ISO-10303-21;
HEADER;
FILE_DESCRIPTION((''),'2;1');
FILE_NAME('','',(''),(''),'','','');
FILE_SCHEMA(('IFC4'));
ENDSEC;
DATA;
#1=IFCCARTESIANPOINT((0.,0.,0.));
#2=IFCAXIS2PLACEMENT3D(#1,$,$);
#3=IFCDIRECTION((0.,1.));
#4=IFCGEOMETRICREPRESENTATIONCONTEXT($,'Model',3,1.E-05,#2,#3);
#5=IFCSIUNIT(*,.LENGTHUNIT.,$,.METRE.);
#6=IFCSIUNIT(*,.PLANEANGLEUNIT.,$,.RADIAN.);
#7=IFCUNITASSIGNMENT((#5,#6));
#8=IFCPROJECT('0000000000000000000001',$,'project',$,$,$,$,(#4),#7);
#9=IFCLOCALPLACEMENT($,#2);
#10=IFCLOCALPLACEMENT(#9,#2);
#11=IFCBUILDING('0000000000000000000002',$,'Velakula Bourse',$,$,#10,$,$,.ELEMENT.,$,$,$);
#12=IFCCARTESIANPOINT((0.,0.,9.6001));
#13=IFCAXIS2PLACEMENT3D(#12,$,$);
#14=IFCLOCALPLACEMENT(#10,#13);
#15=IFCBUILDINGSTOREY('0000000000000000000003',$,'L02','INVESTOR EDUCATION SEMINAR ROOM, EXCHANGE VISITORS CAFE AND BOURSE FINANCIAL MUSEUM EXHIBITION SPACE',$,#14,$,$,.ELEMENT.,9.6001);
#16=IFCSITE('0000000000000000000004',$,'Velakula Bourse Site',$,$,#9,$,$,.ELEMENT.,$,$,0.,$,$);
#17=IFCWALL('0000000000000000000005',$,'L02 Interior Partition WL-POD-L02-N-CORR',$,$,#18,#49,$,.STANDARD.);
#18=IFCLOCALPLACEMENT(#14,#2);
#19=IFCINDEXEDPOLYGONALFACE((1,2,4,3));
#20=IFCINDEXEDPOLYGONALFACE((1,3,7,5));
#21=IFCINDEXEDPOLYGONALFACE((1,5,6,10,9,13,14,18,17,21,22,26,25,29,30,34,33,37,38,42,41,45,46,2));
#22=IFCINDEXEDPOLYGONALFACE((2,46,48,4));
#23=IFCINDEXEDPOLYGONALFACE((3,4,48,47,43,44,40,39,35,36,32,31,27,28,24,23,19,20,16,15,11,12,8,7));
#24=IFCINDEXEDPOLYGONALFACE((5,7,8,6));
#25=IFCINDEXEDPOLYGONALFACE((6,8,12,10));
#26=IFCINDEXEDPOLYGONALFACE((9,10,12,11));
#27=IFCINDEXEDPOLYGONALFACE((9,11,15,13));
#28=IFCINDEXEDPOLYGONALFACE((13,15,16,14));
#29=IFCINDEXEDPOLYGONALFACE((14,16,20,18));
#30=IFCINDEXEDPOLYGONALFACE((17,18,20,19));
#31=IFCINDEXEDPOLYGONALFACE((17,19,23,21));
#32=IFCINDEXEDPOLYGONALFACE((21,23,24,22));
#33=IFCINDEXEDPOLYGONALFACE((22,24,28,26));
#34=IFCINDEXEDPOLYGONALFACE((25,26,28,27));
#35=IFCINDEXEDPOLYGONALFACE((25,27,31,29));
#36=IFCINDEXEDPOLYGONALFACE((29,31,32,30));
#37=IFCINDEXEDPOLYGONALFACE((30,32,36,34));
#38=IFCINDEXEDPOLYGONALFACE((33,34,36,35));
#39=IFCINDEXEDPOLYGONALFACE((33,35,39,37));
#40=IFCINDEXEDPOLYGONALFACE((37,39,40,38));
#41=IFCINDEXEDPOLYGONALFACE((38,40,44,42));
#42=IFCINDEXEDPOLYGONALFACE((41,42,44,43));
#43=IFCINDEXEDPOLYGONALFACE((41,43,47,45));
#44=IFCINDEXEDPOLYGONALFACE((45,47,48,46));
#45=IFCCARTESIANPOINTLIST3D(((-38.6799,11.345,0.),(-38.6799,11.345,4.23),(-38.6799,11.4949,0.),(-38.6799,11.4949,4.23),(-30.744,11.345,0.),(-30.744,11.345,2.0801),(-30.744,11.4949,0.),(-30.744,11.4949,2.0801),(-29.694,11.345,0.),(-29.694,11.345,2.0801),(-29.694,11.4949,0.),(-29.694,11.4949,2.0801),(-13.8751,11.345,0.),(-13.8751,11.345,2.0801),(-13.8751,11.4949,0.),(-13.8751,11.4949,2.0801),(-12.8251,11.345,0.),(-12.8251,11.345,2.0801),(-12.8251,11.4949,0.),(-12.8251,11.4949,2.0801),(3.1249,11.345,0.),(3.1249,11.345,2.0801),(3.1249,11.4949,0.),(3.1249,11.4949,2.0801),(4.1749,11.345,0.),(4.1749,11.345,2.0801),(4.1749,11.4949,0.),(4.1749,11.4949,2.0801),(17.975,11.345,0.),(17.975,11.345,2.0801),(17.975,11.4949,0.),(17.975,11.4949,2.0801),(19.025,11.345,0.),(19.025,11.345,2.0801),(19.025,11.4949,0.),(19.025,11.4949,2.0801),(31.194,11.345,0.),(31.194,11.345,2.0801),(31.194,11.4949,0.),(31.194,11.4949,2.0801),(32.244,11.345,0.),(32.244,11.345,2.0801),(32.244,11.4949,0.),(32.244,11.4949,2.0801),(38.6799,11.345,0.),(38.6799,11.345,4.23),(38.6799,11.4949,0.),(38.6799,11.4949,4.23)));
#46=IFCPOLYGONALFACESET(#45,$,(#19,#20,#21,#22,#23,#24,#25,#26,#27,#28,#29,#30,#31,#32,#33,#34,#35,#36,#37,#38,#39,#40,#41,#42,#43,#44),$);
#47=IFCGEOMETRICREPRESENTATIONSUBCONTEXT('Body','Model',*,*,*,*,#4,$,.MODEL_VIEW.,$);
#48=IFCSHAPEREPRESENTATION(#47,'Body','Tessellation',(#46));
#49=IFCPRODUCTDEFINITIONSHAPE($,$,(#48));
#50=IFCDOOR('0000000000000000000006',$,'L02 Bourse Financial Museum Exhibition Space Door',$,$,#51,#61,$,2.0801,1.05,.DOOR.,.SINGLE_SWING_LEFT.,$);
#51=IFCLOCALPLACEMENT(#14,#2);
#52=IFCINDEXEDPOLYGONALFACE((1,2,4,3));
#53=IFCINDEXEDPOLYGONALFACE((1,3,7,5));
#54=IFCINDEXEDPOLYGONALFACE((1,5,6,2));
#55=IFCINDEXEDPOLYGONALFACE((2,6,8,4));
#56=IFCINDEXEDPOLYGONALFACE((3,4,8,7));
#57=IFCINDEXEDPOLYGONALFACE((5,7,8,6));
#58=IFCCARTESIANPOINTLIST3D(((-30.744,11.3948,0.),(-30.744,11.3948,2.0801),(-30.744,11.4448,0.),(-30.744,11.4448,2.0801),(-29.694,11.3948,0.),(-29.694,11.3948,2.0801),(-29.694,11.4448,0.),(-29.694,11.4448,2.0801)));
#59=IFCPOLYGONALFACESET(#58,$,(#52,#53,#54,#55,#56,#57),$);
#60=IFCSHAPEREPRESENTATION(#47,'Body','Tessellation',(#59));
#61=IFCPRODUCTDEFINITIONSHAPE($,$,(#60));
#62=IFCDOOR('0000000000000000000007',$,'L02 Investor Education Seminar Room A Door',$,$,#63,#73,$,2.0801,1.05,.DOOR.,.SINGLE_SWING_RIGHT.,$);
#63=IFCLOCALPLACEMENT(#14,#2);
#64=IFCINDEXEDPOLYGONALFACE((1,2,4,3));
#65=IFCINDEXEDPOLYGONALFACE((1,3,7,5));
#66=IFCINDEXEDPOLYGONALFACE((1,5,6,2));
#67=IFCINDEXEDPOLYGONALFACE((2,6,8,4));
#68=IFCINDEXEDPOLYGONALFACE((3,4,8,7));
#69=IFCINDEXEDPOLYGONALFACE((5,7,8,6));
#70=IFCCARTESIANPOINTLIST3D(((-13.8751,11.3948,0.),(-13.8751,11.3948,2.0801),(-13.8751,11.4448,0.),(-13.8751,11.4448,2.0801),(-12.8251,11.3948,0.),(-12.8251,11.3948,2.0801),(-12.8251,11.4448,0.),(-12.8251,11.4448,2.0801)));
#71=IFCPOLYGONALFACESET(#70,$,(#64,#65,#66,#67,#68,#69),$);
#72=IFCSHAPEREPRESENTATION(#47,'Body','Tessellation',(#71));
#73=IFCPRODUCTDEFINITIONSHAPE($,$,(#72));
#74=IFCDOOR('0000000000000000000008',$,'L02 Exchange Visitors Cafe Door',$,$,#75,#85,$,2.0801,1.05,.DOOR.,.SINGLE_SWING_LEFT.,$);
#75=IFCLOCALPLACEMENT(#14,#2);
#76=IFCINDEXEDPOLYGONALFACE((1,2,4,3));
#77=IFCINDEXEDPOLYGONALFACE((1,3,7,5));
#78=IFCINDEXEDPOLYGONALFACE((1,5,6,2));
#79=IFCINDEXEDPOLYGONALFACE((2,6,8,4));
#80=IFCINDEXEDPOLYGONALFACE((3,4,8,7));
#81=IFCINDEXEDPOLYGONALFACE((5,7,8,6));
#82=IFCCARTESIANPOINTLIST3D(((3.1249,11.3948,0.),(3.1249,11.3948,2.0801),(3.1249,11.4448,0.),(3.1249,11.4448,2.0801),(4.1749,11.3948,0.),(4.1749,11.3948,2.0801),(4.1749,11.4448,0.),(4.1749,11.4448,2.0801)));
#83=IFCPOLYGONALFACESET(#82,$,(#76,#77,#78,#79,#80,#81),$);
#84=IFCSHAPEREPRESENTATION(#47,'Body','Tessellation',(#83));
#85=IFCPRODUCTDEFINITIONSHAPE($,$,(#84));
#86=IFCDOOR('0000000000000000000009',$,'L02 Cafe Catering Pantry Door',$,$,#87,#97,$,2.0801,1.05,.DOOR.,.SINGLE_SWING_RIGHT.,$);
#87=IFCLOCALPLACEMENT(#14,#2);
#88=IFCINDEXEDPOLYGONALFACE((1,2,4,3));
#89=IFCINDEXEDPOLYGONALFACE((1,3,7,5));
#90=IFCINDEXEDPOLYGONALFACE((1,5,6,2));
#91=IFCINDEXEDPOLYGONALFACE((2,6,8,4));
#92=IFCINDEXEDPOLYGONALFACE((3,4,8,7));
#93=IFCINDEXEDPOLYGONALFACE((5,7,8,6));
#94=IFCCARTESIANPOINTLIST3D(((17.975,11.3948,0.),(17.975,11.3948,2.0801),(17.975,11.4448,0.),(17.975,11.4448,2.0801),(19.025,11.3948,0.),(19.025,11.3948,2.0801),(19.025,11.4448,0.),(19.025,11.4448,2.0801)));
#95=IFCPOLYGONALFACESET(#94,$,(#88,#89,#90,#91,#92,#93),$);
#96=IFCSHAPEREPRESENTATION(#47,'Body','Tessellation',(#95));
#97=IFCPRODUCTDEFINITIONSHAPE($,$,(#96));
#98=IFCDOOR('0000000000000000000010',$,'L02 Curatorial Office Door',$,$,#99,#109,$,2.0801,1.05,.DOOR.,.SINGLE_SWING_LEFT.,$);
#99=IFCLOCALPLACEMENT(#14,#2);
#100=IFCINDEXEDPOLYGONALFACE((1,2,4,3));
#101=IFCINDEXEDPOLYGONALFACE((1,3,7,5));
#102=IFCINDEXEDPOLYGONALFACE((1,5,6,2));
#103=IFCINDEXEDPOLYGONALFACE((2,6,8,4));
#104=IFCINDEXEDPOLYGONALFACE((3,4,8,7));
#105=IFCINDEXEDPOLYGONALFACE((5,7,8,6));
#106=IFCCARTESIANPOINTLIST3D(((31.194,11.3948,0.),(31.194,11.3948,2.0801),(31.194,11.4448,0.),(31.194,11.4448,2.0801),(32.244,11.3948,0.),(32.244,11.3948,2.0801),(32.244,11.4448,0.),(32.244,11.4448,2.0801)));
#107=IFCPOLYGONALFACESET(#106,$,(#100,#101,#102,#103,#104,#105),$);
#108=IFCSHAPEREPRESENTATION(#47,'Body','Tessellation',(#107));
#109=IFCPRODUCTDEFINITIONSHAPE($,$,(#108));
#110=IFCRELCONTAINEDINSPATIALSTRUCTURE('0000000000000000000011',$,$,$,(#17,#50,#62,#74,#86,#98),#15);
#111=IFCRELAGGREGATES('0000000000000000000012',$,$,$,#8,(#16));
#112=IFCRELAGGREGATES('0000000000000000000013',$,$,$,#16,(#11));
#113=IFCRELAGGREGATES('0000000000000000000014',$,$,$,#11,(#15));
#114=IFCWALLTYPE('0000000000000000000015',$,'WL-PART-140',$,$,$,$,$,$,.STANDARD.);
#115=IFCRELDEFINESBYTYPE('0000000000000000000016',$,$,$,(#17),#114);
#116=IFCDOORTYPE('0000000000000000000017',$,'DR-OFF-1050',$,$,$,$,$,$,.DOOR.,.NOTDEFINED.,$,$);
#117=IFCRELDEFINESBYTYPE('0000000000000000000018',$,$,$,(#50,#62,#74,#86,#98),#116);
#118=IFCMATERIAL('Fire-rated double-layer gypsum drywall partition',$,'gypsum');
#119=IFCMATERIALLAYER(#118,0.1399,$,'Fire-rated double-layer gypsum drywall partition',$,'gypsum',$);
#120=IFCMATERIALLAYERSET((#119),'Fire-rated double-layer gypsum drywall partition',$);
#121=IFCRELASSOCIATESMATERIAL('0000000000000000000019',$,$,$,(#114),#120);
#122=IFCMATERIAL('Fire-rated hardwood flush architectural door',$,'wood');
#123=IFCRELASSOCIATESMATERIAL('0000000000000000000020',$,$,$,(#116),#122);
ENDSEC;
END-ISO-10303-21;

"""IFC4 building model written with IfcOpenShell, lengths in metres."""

from ifc_helpers import new_model, si_unit, direction, frame, frame_2d, origin, place, context, subcontext, project, spatial, rectangle, extrude, material, layer, layer_set, type_object, element, fill, save


model = new_model("IFC4")

# Units and contexts
model_context = context("Model", 3, precision=1e-05, world=origin(), true_north=direction((0.0, 1.0)))
body_context = subcontext(model_context, "Body", "Model", "MODEL_VIEW")
ifc_project = project(units=[si_unit("LENGTHUNIT", "METRE"), si_unit("PLANEANGLEUNIT", "RADIAN")], contexts=[model_context])

# Site, building, storey
site_placement = place(None, origin())
site = spatial("IfcSite", under=ifc_project, at=site_placement, Name="Velakula Bourse Site", CompositionType="ELEMENT", RefElevation=0.0)
building_placement = place(site_placement, origin())
building = spatial("IfcBuilding", under=site, at=building_placement, Name="Velakula Bourse", CompositionType="ELEMENT")
storey_placement = place(building_placement, frame((0.0, 0.0, 9.6001)))
storey = spatial("IfcBuildingStorey", under=building, at=storey_placement, Name="L02", Description="INVESTOR EDUCATION SEMINAR ROOM, EXCHANGE VISITORS CAFE AND BOURSE FINANCIAL MUSEUM EXHIBITION SPACE", CompositionType="ELEMENT", Elevation=9.6001)

# Wall, openings, doors
ifc_material_1 = material(Name="Fire-rated double-layer gypsum drywall partition", Category="gypsum")
ifc_layer = layer(ifc_material_1, 0.1399, Name="Fire-rated double-layer gypsum drywall partition", Category="gypsum")
ifc_layer_set = layer_set([ifc_layer], Name="Fire-rated double-layer gypsum drywall partition")
wall_type = type_object("IfcWallType", Name="WL-PART-140", PredefinedType="STANDARD", material=ifc_layer_set)
wall_placement = place(storey_placement, frame((-38.6799, 11.4199, 0.0), z_axis=(0.0, 0.0, 1.0), x_axis=(1.0, 0.0, 0.0)))
wall = element("IfcWall", 1, at=wall_placement, inside=storey, type_object=wall_type, Name="L02 Interior Partition WL-POD-L02-N-CORR", PredefinedType="STANDARD", context=body_context, shape_type="SweptSolid", body=[
    extrude(rectangle(XDim=77.3599, YDim=0.1499, at=frame_2d((38.6799, 0.0))), origin(), (0.0, 0.0, 1.0), 4.23),
])
opening_1_placement = place(wall_placement, frame((7.936, 0.0, 0.0)))
opening_1 = element("IfcOpeningElement", 2, at=opening_1_placement, cuts=wall, PredefinedType="OPENING", context=body_context, shape_type="SweptSolid", body=[
    extrude(rectangle(XDim=1.05, YDim=2.0801, at=frame_2d((0.5249, 1.04))), frame((0.0, 0.085, 0.0), z_axis=(0.0, -1.0, 0.0), x_axis=(1.0, 0.0, 0.0)), (0.0, 0.0, 1.0), 0.1699),
])
opening_2_placement = place(wall_placement, frame((24.8049, 0.0, 0.0)))
opening_2 = element("IfcOpeningElement", 3, at=opening_2_placement, cuts=wall, PredefinedType="OPENING", context=body_context, shape_type="SweptSolid", body=[
    extrude(rectangle(XDim=1.05, YDim=2.0801, at=frame_2d((0.5249, 1.04))), frame((0.0, 0.085, 0.0), z_axis=(0.0, -1.0, 0.0), x_axis=(1.0, 0.0, 0.0)), (0.0, 0.0, 1.0), 0.1699),
])
opening_3_placement = place(wall_placement, frame((41.8049, 0.0, 0.0)))
opening_3 = element("IfcOpeningElement", 4, at=opening_3_placement, cuts=wall, PredefinedType="OPENING", context=body_context, shape_type="SweptSolid", body=[
    extrude(rectangle(XDim=1.05, YDim=2.0801, at=frame_2d((0.5249, 1.04))), frame((0.0, 0.085, 0.0), z_axis=(0.0, -1.0, 0.0), x_axis=(1.0, 0.0, 0.0)), (0.0, 0.0, 1.0), 0.1699),
])
opening_4_placement = place(wall_placement, frame((56.655, 0.0, 0.0)))
opening_4 = element("IfcOpeningElement", 5, at=opening_4_placement, cuts=wall, PredefinedType="OPENING", context=body_context, shape_type="SweptSolid", body=[
    extrude(rectangle(XDim=1.05, YDim=2.0801, at=frame_2d((0.5249, 1.04))), frame((0.0, 0.085, 0.0), z_axis=(0.0, -1.0, 0.0), x_axis=(1.0, 0.0, 0.0)), (0.0, 0.0, 1.0), 0.1699),
])
opening_5_placement = place(wall_placement, frame((69.874, 0.0, 0.0)))
opening_5 = element("IfcOpeningElement", 6, at=opening_5_placement, cuts=wall, PredefinedType="OPENING", context=body_context, shape_type="SweptSolid", body=[
    extrude(rectangle(XDim=1.05, YDim=2.0801, at=frame_2d((0.5249, 1.04))), frame((0.0, 0.085, 0.0), z_axis=(0.0, -1.0, 0.0), x_axis=(1.0, 0.0, 0.0)), (0.0, 0.0, 1.0), 0.1699),
])
ifc_material_2 = material(Name="Fire-rated hardwood flush architectural door", Category="wood")
door_type = type_object("IfcDoorType", Name="DR-OFF-1050", OperationType="NOTDEFINED", PredefinedType="DOOR", material=ifc_material_2)
door_1_placement = place(opening_1_placement, origin())
door_1 = element("IfcDoor", 7, at=door_1_placement, inside=storey, type_object=door_type, Name="L02 Bourse Financial Museum Exhibition Space Door", OperationType="SINGLE_SWING_LEFT", OverallHeight=2.0801, OverallWidth=1.05, PredefinedType="DOOR", context=body_context, shape_type="SweptSolid", body=[
    extrude(rectangle(XDim=1.05, YDim=2.0801, at=frame_2d((0.5249, 1.04))), frame((0.0, 0.0249, 0.0), z_axis=(0.0, -1.0, 0.0), x_axis=(1.0, 0.0, 0.0)), (0.0, 0.0, 1.0), 0.05),
])
fill(opening_1, door_1)
door_2_placement = place(opening_2_placement, origin())
door_2 = element("IfcDoor", 8, at=door_2_placement, inside=storey, type_object=door_type, Name="L02 Investor Education Seminar Room A Door", OperationType="SINGLE_SWING_RIGHT", OverallHeight=2.0801, OverallWidth=1.05, PredefinedType="DOOR", context=body_context, shape_type="SweptSolid", body=[
    extrude(rectangle(XDim=1.05, YDim=2.0801, at=frame_2d((0.5249, 1.04))), frame((0.0, 0.0249, 0.0), z_axis=(0.0, -1.0, 0.0), x_axis=(1.0, 0.0, 0.0)), (0.0, 0.0, 1.0), 0.05),
])
fill(opening_2, door_2)
door_3_placement = place(opening_3_placement, origin())
door_3 = element("IfcDoor", 9, at=door_3_placement, inside=storey, type_object=door_type, Name="L02 Exchange Visitors Cafe Door", OperationType="SINGLE_SWING_LEFT", OverallHeight=2.0801, OverallWidth=1.05, PredefinedType="DOOR", context=body_context, shape_type="SweptSolid", body=[
    extrude(rectangle(XDim=1.05, YDim=2.0801, at=frame_2d((0.5249, 1.04))), frame((0.0, 0.0249, 0.0), z_axis=(0.0, -1.0, 0.0), x_axis=(1.0, 0.0, 0.0)), (0.0, 0.0, 1.0), 0.05),
])
fill(opening_3, door_3)
door_4_placement = place(opening_4_placement, origin())
door_4 = element("IfcDoor", 10, at=door_4_placement, inside=storey, type_object=door_type, Name="L02 Cafe Catering Pantry Door", OperationType="SINGLE_SWING_RIGHT", OverallHeight=2.0801, OverallWidth=1.05, PredefinedType="DOOR", context=body_context, shape_type="SweptSolid", body=[
    extrude(rectangle(XDim=1.05, YDim=2.0801, at=frame_2d((0.5249, 1.04))), frame((0.0, 0.0249, 0.0), z_axis=(0.0, -1.0, 0.0), x_axis=(1.0, 0.0, 0.0)), (0.0, 0.0, 1.0), 0.05),
])
fill(opening_4, door_4)
door_5_placement = place(opening_5_placement, origin())
door_5 = element("IfcDoor", 11, at=door_5_placement, inside=storey, type_object=door_type, Name="L02 Curatorial Office Door", OperationType="SINGLE_SWING_LEFT", OverallHeight=2.0801, OverallWidth=1.05, PredefinedType="DOOR", context=body_context, shape_type="SweptSolid", body=[
    extrude(rectangle(XDim=1.05, YDim=2.0801, at=frame_2d((0.5249, 1.04))), frame((0.0, 0.0249, 0.0), z_axis=(0.0, -1.0, 0.0), x_axis=(1.0, 0.0, 0.0)), (0.0, 0.0, 1.0), 0.05),
])
fill(opening_5, door_5)

save(model, "model.ifc")
